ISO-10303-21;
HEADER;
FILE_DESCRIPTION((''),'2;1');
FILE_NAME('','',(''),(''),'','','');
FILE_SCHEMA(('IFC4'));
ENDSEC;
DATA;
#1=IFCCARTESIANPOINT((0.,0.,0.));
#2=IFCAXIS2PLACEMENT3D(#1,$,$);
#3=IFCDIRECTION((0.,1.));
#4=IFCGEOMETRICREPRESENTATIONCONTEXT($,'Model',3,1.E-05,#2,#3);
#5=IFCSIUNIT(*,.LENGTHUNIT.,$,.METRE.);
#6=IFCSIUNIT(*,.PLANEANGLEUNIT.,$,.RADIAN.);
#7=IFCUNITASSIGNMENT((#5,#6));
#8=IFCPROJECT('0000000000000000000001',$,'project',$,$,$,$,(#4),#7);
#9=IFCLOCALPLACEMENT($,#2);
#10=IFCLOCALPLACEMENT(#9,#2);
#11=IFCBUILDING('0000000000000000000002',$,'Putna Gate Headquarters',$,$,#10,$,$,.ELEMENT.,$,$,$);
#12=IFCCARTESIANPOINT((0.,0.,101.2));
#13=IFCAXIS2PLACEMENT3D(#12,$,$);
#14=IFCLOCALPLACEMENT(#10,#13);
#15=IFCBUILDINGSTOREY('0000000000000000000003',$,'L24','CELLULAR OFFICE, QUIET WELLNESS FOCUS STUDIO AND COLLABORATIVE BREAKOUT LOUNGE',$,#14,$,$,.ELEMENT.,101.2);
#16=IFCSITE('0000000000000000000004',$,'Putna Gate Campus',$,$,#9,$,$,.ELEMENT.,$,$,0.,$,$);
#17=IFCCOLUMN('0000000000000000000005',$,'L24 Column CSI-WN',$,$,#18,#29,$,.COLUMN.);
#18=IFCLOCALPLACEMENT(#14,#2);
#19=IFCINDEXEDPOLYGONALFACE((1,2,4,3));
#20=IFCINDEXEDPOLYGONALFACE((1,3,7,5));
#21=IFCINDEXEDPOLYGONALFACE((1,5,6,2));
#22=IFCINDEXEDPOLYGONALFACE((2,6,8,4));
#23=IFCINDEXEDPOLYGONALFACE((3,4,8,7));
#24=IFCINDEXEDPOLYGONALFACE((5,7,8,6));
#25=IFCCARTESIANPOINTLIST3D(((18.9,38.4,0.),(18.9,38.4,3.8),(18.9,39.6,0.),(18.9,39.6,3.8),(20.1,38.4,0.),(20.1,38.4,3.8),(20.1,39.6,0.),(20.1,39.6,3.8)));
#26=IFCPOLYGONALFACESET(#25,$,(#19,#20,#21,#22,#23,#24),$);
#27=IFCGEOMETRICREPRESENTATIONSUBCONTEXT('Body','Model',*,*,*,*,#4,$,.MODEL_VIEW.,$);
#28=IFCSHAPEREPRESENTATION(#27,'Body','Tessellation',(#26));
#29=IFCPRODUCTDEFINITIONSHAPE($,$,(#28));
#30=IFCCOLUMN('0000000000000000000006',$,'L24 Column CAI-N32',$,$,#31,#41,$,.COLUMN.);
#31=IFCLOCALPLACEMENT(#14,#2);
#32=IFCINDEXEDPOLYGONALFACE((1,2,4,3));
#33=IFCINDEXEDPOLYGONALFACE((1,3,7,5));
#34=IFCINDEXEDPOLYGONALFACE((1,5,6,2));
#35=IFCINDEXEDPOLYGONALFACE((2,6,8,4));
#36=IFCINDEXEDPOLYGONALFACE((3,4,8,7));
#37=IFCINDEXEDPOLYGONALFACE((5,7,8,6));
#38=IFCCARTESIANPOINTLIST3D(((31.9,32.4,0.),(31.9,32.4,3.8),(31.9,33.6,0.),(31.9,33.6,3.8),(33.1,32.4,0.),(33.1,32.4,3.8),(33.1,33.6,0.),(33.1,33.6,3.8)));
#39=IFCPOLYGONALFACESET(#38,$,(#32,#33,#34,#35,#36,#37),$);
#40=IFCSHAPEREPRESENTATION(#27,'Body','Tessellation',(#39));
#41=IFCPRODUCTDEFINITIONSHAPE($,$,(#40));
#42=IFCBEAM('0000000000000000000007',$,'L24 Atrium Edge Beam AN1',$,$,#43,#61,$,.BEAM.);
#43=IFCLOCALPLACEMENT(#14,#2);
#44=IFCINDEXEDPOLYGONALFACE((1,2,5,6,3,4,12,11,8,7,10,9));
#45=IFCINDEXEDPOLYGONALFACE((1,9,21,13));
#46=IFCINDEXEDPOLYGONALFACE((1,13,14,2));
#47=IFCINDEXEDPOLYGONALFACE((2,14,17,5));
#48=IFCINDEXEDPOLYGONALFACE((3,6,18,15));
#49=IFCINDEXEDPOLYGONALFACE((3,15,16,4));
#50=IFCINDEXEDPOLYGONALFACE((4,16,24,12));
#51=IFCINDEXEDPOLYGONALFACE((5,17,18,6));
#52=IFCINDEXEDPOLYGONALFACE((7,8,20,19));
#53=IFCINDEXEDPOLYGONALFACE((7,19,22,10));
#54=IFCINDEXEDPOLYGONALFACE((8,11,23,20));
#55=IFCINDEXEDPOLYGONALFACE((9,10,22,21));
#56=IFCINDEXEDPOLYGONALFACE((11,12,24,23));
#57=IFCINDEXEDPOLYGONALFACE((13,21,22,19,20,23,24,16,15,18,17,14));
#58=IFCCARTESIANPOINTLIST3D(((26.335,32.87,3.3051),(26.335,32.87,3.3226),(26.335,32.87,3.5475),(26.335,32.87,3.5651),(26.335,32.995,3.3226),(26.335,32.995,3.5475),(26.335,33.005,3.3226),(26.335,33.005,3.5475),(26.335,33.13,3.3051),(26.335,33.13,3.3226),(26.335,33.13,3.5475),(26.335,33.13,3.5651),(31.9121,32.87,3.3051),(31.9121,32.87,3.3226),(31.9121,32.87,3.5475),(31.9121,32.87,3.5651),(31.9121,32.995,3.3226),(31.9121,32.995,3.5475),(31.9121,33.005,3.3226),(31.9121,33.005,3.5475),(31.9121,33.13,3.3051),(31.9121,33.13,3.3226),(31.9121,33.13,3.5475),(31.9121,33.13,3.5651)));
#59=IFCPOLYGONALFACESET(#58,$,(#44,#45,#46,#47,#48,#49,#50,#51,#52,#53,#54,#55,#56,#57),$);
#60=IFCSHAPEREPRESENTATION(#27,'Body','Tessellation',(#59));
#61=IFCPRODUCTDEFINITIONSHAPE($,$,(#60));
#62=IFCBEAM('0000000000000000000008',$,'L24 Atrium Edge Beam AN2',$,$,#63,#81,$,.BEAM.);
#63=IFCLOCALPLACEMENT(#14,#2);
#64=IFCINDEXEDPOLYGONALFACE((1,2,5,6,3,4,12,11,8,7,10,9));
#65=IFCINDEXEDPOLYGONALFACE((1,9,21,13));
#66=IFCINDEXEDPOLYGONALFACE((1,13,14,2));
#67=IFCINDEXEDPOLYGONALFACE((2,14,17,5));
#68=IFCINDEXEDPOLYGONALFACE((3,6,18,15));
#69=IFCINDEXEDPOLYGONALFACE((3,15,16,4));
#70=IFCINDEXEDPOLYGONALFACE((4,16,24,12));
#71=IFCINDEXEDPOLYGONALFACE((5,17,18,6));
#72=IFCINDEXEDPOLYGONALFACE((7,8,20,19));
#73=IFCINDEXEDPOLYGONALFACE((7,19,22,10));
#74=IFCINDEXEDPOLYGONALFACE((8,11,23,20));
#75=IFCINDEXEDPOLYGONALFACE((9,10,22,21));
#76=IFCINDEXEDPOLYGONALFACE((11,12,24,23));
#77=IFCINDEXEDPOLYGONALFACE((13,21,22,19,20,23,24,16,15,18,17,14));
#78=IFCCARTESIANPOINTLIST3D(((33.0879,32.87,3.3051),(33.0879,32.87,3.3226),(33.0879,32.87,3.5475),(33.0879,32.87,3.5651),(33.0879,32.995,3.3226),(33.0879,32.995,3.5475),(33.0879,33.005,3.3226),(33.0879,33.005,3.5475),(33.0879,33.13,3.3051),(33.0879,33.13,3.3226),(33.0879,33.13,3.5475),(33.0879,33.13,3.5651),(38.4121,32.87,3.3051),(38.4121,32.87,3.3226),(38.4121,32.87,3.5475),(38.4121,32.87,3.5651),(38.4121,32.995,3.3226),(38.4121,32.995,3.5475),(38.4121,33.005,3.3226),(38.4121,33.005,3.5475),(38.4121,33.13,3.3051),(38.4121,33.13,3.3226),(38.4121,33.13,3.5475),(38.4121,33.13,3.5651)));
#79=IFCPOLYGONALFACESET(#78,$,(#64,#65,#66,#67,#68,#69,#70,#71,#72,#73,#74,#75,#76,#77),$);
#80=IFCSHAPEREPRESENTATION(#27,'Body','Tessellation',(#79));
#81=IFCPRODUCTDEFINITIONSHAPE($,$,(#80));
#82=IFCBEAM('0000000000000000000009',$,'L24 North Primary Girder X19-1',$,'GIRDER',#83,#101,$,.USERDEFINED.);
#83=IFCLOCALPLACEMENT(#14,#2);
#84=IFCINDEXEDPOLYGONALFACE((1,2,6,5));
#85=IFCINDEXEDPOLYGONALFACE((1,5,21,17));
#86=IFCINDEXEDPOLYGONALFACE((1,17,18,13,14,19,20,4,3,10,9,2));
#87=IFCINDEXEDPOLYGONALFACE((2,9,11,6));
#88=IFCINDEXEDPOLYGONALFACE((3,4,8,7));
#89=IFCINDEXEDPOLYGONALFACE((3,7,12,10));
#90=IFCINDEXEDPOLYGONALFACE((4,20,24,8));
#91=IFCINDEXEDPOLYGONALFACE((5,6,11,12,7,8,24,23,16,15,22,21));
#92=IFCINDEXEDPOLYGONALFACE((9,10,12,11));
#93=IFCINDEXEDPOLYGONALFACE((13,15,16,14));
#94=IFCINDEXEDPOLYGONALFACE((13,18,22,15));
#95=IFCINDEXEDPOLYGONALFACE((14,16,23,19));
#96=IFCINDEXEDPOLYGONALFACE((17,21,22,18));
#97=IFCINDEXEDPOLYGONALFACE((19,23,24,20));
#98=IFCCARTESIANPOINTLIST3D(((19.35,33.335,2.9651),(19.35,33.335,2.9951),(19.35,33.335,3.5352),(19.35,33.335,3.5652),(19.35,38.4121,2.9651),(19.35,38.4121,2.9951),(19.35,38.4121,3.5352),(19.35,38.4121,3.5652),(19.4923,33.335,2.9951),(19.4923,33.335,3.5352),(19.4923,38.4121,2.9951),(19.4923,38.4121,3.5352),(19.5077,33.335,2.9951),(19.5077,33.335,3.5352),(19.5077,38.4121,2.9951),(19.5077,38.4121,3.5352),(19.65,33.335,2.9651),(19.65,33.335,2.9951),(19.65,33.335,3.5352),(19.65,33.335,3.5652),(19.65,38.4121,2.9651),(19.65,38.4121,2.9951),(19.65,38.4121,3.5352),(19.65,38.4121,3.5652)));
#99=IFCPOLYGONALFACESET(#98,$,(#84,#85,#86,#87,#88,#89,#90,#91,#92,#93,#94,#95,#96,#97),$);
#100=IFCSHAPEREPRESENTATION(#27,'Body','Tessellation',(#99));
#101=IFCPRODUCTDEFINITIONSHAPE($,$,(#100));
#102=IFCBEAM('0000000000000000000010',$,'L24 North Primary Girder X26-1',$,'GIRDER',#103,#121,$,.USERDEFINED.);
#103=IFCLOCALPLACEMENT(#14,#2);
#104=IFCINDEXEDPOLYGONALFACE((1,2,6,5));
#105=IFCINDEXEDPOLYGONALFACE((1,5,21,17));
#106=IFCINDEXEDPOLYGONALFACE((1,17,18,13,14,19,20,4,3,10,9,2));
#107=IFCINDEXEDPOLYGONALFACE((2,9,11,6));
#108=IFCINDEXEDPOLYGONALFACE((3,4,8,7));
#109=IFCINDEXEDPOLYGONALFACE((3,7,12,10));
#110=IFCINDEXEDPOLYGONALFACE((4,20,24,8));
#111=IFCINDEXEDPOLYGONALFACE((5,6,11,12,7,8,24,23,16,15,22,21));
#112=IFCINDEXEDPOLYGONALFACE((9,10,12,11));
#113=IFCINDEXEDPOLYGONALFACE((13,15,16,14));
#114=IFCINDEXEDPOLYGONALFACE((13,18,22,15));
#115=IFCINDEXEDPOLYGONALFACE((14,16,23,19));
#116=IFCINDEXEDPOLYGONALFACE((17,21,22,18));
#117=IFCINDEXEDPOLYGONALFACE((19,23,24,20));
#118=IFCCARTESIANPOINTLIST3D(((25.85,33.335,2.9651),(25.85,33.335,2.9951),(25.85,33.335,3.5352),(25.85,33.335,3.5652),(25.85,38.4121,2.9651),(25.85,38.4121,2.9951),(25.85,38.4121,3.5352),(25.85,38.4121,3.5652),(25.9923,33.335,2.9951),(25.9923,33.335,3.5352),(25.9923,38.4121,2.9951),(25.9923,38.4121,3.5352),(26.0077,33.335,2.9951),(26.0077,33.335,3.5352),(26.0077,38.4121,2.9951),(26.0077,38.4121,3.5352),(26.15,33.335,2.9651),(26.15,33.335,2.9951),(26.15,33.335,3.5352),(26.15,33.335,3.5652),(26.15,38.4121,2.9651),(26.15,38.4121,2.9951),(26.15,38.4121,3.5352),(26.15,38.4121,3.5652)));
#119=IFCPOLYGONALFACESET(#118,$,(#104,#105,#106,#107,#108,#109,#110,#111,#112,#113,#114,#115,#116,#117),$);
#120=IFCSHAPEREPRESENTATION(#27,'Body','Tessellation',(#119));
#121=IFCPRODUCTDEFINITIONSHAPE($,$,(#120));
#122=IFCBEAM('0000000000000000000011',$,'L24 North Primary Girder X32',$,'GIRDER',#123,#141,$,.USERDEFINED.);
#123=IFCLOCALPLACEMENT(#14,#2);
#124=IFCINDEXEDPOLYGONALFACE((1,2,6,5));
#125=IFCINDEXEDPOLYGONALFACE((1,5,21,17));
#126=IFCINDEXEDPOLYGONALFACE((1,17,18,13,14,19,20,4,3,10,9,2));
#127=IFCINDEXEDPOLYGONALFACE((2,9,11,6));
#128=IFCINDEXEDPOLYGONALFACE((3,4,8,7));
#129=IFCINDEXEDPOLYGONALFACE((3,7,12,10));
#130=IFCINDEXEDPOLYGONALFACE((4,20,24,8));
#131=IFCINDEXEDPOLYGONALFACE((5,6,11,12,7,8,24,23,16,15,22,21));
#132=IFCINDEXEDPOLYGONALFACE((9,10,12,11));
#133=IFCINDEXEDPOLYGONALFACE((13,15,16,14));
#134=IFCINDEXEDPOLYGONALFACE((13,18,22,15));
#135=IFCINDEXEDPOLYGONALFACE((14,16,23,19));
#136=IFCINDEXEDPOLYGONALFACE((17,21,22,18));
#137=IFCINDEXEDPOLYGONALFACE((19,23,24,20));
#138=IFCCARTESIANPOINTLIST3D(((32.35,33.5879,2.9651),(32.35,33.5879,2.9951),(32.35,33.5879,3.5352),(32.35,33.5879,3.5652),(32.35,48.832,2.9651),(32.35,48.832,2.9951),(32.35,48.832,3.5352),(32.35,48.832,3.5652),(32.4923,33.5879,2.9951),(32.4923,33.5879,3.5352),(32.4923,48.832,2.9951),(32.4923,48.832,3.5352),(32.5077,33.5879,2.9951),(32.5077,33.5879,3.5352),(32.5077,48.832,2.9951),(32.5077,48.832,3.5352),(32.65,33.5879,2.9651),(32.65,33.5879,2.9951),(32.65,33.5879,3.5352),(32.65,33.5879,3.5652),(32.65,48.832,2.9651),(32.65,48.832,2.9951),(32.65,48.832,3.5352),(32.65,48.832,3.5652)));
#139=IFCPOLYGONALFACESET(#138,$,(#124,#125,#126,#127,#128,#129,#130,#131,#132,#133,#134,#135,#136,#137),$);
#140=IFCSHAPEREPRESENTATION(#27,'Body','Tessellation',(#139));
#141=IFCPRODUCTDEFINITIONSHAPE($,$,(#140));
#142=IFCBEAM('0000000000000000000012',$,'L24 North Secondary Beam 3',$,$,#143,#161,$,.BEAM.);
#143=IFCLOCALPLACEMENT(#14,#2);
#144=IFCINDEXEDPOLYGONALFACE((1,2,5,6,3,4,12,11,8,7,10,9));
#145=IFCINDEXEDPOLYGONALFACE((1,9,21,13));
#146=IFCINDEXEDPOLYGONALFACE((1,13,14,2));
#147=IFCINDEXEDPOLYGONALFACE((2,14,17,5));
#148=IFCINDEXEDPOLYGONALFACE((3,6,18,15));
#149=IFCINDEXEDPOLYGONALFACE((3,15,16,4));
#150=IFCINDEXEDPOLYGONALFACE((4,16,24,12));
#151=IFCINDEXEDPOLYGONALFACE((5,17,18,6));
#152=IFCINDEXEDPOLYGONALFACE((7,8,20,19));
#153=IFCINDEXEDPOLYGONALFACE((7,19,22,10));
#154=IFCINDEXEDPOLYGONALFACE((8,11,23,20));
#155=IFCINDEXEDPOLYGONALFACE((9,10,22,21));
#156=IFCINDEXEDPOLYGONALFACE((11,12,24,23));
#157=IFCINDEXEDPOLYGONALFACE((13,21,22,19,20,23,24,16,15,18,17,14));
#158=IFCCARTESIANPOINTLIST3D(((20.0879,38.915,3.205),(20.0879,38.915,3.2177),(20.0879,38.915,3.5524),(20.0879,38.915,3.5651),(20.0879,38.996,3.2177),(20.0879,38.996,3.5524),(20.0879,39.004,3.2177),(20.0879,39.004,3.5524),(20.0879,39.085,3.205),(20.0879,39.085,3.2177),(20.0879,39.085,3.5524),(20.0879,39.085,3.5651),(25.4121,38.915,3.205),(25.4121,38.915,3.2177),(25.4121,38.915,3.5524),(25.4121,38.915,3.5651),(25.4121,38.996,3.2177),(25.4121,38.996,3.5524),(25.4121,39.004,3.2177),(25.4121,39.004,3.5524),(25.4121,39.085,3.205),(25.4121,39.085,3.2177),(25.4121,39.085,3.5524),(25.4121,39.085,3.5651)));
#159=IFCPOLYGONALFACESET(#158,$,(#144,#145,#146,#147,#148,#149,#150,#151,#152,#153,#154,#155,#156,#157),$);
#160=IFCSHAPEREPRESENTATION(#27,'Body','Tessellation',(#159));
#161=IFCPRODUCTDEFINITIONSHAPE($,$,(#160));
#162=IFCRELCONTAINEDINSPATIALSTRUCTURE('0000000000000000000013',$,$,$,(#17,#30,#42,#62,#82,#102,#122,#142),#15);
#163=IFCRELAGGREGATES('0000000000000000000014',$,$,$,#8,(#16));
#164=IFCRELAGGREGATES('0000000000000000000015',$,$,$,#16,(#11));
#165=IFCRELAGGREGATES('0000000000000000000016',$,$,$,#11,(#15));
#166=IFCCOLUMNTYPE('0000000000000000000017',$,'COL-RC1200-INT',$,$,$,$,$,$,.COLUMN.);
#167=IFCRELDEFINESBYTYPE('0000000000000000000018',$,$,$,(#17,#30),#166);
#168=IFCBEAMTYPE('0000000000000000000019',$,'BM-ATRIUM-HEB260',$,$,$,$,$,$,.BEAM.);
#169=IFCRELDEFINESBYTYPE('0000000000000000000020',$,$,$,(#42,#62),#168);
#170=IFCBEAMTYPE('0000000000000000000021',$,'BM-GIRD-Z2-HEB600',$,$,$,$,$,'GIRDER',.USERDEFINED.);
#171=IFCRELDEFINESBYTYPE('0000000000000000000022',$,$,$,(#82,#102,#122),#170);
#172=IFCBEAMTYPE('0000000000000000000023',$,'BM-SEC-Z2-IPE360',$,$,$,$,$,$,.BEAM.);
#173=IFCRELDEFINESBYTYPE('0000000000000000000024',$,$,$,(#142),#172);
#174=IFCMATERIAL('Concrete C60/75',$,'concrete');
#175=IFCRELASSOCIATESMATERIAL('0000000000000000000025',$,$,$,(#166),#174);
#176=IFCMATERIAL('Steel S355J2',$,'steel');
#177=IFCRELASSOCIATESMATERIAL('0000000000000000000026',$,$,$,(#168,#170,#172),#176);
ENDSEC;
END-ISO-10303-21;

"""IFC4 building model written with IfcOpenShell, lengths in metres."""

from ifc_helpers import new_model, si_unit, direction, frame, origin, origin_2d, place, context, subcontext, project, spatial, rectangle, i_section, extrude, material, material_profile, profile_set, type_object, element, save


model = new_model("IFC4")

# Units and contexts
model_context = context("Model", 3, precision=1e-05, world=origin(), true_north=direction((0.0, 1.0)))
body_context = subcontext(model_context, "Body", "Model", "MODEL_VIEW")
ifc_project = project(units=[si_unit("LENGTHUNIT", "METRE"), si_unit("PLANEANGLEUNIT", "RADIAN")], contexts=[model_context])

# Site, building, storey
site_placement = place(None, origin())
site = spatial("IfcSite", under=ifc_project, at=site_placement, Name="Putna Gate Campus", CompositionType="ELEMENT", RefElevation=0.0)
building_placement = place(site_placement, origin())
building = spatial("IfcBuilding", under=site, at=building_placement, Name="Putna Gate Headquarters", CompositionType="ELEMENT")
storey_placement = place(building_placement, frame((0.0, 0.0, 101.2)))
storey = spatial("IfcBuildingStorey", under=building, at=storey_placement, Name="L24", Description="CELLULAR OFFICE, QUIET WELLNESS FOCUS STUDIO AND COLLABORATIVE BREAKOUT LOUNGE", CompositionType="ELEMENT", Elevation=101.2)

# Columns
ifc_material_1 = material(Name="Concrete C60/75", Category="concrete")
ifc_material_profile_1 = material_profile(ifc_material_1, rectangle(XDim=1.2, YDim=1.2, at=origin_2d()), Name="Concrete C60/75")
ifc_profile_set_1 = profile_set([ifc_material_profile_1], Name="Concrete C60/75")
column_type = type_object("IfcColumnType", Name="COL-RC1200-INT", PredefinedType="COLUMN", material=ifc_profile_set_1)
for number, where, z_axis, x_axis, name in (
    (1, (19.5, 39.0, 0.0), (0.0, 0.0, 1.0), (1.0, 0.0, 0.0), "L24 Column CSI-WN"),
    (2, (32.5, 33.0, 0.0), (0.0, 0.0, 1.0), (1.0, 0.0, 0.0), "L24 Column CAI-N32"),
):
    element("IfcColumn", number, at=place(storey_placement, frame(where, z_axis=z_axis, x_axis=x_axis)), inside=storey, type_object=column_type, Name=name, PredefinedType="COLUMN", context=body_context, shape_type="SweptSolid", body=[
        extrude(rectangle(XDim=1.2, YDim=1.2, at=origin_2d()), origin(), (0.0, 0.0, 1.0), 3.8),
    ])

# Beams
ifc_material_2 = material(Name="Steel S355J2", Category="steel")
ifc_material_profile_2 = material_profile(ifc_material_2, i_section(OverallWidth=0.26, OverallDepth=0.26, WebThickness=0.01, FlangeThickness=0.0176, at=origin_2d()), Name="Steel S355J2")
ifc_profile_set_2 = profile_set([ifc_material_profile_2], Name="Steel S355J2")
beam_type_1 = type_object("IfcBeamType", Name="BM-ATRIUM-HEB260", PredefinedType="BEAM", material=ifc_profile_set_2)
beam_1_placement = place(storey_placement, frame((26.335, 33.0, 3.4351), z_axis=(1.0, 0.0, 0.0), x_axis=(0.0, 1.0, 0.0)))
element("IfcBeam", 3, at=beam_1_placement, inside=storey, type_object=beam_type_1, Name="L24 Atrium Edge Beam AN1", PredefinedType="BEAM", context=body_context, shape_type="SweptSolid", body=[
    extrude(i_section(OverallWidth=0.26, OverallDepth=0.26, WebThickness=0.01, FlangeThickness=0.0176, at=origin_2d()), origin(), (0.0, 0.0, 1.0), 5.5771),
])
beam_2_placement = place(storey_placement, frame((33.0879, 33.0, 3.4351), z_axis=(1.0, 0.0, 0.0), x_axis=(0.0, 1.0, 0.0)))
element("IfcBeam", 4, at=beam_2_placement, inside=storey, type_object=beam_type_1, Name="L24 Atrium Edge Beam AN2", PredefinedType="BEAM", context=body_context, shape_type="SweptSolid", body=[
    extrude(i_section(OverallWidth=0.26, OverallDepth=0.26, WebThickness=0.01, FlangeThickness=0.0176, at=origin_2d()), origin(), (0.0, 0.0, 1.0), 5.3242),
])
ifc_material_profile_3 = material_profile(ifc_material_2, i_section(OverallWidth=0.3, OverallDepth=0.6001, WebThickness=0.0154, FlangeThickness=0.03, at=origin_2d()), Name="Steel S355J2")
ifc_profile_set_3 = profile_set([ifc_material_profile_3], Name="Steel S355J2")
beam_type_2 = type_object("IfcBeamType", Name="BM-GIRD-Z2-HEB600", ElementType="GIRDER", PredefinedType="USERDEFINED", material=ifc_profile_set_3)
for number, where, z_axis, x_axis, name in (
    (5, (19.5, 33.335, 3.2651), (0.0, 1.0, 0.0), (-1.0, 0.0, 0.0), "L24 North Primary Girder X19-1"),
    (6, (26.0, 33.335, 3.2651), (0.0, 1.0, 0.0), (-1.0, 0.0, 0.0), "L24 North Primary Girder X26-1"),
):
    element("IfcBeam", number, at=place(storey_placement, frame(where, z_axis=z_axis, x_axis=x_axis)), inside=storey, type_object=beam_type_2, Name=name, ObjectType="GIRDER", PredefinedType="USERDEFINED", context=body_context, shape_type="SweptSolid", body=[
        extrude(i_section(OverallWidth=0.3, OverallDepth=0.6001, WebThickness=0.0154, FlangeThickness=0.03, at=origin_2d()), origin(), (0.0, 0.0, 1.0), 5.0771),
    ])
beam_3_placement = place(storey_placement, frame((32.5, 33.5879, 3.2651), z_axis=(0.0, 1.0, 0.0), x_axis=(-1.0, 0.0, 0.0)))
element("IfcBeam", 7, at=beam_3_placement, inside=storey, type_object=beam_type_2, Name="L24 North Primary Girder X32", ObjectType="GIRDER", PredefinedType="USERDEFINED", context=body_context, shape_type="SweptSolid", body=[
    extrude(i_section(OverallWidth=0.3, OverallDepth=0.6001, WebThickness=0.0154, FlangeThickness=0.03, at=origin_2d()), origin(), (0.0, 0.0, 1.0), 15.2441),
])
ifc_material_profile_4 = material_profile(ifc_material_2, i_section(OverallWidth=0.1699, OverallDepth=0.3601, WebThickness=0.0081, FlangeThickness=0.0127, at=origin_2d()), Name="Steel S355J2")
ifc_profile_set_4 = profile_set([ifc_material_profile_4], Name="Steel S355J2")
beam_type_3 = type_object("IfcBeamType", Name="BM-SEC-Z2-IPE360", PredefinedType="BEAM", material=ifc_profile_set_4)
beam_4_placement = place(storey_placement, frame((20.0879, 39.0, 3.385), z_axis=(1.0, 0.0, 0.0), x_axis=(0.0, 1.0, 0.0)))
element("IfcBeam", 8, at=beam_4_placement, inside=storey, type_object=beam_type_3, Name="L24 North Secondary Beam 3", PredefinedType="BEAM", context=body_context, shape_type="SweptSolid", body=[
    extrude(i_section(OverallWidth=0.1699, OverallDepth=0.3601, WebThickness=0.0081, FlangeThickness=0.0127, at=origin_2d()), origin(), (0.0, 0.0, 1.0), 5.3242),
])

save(model, "model.ifc")
